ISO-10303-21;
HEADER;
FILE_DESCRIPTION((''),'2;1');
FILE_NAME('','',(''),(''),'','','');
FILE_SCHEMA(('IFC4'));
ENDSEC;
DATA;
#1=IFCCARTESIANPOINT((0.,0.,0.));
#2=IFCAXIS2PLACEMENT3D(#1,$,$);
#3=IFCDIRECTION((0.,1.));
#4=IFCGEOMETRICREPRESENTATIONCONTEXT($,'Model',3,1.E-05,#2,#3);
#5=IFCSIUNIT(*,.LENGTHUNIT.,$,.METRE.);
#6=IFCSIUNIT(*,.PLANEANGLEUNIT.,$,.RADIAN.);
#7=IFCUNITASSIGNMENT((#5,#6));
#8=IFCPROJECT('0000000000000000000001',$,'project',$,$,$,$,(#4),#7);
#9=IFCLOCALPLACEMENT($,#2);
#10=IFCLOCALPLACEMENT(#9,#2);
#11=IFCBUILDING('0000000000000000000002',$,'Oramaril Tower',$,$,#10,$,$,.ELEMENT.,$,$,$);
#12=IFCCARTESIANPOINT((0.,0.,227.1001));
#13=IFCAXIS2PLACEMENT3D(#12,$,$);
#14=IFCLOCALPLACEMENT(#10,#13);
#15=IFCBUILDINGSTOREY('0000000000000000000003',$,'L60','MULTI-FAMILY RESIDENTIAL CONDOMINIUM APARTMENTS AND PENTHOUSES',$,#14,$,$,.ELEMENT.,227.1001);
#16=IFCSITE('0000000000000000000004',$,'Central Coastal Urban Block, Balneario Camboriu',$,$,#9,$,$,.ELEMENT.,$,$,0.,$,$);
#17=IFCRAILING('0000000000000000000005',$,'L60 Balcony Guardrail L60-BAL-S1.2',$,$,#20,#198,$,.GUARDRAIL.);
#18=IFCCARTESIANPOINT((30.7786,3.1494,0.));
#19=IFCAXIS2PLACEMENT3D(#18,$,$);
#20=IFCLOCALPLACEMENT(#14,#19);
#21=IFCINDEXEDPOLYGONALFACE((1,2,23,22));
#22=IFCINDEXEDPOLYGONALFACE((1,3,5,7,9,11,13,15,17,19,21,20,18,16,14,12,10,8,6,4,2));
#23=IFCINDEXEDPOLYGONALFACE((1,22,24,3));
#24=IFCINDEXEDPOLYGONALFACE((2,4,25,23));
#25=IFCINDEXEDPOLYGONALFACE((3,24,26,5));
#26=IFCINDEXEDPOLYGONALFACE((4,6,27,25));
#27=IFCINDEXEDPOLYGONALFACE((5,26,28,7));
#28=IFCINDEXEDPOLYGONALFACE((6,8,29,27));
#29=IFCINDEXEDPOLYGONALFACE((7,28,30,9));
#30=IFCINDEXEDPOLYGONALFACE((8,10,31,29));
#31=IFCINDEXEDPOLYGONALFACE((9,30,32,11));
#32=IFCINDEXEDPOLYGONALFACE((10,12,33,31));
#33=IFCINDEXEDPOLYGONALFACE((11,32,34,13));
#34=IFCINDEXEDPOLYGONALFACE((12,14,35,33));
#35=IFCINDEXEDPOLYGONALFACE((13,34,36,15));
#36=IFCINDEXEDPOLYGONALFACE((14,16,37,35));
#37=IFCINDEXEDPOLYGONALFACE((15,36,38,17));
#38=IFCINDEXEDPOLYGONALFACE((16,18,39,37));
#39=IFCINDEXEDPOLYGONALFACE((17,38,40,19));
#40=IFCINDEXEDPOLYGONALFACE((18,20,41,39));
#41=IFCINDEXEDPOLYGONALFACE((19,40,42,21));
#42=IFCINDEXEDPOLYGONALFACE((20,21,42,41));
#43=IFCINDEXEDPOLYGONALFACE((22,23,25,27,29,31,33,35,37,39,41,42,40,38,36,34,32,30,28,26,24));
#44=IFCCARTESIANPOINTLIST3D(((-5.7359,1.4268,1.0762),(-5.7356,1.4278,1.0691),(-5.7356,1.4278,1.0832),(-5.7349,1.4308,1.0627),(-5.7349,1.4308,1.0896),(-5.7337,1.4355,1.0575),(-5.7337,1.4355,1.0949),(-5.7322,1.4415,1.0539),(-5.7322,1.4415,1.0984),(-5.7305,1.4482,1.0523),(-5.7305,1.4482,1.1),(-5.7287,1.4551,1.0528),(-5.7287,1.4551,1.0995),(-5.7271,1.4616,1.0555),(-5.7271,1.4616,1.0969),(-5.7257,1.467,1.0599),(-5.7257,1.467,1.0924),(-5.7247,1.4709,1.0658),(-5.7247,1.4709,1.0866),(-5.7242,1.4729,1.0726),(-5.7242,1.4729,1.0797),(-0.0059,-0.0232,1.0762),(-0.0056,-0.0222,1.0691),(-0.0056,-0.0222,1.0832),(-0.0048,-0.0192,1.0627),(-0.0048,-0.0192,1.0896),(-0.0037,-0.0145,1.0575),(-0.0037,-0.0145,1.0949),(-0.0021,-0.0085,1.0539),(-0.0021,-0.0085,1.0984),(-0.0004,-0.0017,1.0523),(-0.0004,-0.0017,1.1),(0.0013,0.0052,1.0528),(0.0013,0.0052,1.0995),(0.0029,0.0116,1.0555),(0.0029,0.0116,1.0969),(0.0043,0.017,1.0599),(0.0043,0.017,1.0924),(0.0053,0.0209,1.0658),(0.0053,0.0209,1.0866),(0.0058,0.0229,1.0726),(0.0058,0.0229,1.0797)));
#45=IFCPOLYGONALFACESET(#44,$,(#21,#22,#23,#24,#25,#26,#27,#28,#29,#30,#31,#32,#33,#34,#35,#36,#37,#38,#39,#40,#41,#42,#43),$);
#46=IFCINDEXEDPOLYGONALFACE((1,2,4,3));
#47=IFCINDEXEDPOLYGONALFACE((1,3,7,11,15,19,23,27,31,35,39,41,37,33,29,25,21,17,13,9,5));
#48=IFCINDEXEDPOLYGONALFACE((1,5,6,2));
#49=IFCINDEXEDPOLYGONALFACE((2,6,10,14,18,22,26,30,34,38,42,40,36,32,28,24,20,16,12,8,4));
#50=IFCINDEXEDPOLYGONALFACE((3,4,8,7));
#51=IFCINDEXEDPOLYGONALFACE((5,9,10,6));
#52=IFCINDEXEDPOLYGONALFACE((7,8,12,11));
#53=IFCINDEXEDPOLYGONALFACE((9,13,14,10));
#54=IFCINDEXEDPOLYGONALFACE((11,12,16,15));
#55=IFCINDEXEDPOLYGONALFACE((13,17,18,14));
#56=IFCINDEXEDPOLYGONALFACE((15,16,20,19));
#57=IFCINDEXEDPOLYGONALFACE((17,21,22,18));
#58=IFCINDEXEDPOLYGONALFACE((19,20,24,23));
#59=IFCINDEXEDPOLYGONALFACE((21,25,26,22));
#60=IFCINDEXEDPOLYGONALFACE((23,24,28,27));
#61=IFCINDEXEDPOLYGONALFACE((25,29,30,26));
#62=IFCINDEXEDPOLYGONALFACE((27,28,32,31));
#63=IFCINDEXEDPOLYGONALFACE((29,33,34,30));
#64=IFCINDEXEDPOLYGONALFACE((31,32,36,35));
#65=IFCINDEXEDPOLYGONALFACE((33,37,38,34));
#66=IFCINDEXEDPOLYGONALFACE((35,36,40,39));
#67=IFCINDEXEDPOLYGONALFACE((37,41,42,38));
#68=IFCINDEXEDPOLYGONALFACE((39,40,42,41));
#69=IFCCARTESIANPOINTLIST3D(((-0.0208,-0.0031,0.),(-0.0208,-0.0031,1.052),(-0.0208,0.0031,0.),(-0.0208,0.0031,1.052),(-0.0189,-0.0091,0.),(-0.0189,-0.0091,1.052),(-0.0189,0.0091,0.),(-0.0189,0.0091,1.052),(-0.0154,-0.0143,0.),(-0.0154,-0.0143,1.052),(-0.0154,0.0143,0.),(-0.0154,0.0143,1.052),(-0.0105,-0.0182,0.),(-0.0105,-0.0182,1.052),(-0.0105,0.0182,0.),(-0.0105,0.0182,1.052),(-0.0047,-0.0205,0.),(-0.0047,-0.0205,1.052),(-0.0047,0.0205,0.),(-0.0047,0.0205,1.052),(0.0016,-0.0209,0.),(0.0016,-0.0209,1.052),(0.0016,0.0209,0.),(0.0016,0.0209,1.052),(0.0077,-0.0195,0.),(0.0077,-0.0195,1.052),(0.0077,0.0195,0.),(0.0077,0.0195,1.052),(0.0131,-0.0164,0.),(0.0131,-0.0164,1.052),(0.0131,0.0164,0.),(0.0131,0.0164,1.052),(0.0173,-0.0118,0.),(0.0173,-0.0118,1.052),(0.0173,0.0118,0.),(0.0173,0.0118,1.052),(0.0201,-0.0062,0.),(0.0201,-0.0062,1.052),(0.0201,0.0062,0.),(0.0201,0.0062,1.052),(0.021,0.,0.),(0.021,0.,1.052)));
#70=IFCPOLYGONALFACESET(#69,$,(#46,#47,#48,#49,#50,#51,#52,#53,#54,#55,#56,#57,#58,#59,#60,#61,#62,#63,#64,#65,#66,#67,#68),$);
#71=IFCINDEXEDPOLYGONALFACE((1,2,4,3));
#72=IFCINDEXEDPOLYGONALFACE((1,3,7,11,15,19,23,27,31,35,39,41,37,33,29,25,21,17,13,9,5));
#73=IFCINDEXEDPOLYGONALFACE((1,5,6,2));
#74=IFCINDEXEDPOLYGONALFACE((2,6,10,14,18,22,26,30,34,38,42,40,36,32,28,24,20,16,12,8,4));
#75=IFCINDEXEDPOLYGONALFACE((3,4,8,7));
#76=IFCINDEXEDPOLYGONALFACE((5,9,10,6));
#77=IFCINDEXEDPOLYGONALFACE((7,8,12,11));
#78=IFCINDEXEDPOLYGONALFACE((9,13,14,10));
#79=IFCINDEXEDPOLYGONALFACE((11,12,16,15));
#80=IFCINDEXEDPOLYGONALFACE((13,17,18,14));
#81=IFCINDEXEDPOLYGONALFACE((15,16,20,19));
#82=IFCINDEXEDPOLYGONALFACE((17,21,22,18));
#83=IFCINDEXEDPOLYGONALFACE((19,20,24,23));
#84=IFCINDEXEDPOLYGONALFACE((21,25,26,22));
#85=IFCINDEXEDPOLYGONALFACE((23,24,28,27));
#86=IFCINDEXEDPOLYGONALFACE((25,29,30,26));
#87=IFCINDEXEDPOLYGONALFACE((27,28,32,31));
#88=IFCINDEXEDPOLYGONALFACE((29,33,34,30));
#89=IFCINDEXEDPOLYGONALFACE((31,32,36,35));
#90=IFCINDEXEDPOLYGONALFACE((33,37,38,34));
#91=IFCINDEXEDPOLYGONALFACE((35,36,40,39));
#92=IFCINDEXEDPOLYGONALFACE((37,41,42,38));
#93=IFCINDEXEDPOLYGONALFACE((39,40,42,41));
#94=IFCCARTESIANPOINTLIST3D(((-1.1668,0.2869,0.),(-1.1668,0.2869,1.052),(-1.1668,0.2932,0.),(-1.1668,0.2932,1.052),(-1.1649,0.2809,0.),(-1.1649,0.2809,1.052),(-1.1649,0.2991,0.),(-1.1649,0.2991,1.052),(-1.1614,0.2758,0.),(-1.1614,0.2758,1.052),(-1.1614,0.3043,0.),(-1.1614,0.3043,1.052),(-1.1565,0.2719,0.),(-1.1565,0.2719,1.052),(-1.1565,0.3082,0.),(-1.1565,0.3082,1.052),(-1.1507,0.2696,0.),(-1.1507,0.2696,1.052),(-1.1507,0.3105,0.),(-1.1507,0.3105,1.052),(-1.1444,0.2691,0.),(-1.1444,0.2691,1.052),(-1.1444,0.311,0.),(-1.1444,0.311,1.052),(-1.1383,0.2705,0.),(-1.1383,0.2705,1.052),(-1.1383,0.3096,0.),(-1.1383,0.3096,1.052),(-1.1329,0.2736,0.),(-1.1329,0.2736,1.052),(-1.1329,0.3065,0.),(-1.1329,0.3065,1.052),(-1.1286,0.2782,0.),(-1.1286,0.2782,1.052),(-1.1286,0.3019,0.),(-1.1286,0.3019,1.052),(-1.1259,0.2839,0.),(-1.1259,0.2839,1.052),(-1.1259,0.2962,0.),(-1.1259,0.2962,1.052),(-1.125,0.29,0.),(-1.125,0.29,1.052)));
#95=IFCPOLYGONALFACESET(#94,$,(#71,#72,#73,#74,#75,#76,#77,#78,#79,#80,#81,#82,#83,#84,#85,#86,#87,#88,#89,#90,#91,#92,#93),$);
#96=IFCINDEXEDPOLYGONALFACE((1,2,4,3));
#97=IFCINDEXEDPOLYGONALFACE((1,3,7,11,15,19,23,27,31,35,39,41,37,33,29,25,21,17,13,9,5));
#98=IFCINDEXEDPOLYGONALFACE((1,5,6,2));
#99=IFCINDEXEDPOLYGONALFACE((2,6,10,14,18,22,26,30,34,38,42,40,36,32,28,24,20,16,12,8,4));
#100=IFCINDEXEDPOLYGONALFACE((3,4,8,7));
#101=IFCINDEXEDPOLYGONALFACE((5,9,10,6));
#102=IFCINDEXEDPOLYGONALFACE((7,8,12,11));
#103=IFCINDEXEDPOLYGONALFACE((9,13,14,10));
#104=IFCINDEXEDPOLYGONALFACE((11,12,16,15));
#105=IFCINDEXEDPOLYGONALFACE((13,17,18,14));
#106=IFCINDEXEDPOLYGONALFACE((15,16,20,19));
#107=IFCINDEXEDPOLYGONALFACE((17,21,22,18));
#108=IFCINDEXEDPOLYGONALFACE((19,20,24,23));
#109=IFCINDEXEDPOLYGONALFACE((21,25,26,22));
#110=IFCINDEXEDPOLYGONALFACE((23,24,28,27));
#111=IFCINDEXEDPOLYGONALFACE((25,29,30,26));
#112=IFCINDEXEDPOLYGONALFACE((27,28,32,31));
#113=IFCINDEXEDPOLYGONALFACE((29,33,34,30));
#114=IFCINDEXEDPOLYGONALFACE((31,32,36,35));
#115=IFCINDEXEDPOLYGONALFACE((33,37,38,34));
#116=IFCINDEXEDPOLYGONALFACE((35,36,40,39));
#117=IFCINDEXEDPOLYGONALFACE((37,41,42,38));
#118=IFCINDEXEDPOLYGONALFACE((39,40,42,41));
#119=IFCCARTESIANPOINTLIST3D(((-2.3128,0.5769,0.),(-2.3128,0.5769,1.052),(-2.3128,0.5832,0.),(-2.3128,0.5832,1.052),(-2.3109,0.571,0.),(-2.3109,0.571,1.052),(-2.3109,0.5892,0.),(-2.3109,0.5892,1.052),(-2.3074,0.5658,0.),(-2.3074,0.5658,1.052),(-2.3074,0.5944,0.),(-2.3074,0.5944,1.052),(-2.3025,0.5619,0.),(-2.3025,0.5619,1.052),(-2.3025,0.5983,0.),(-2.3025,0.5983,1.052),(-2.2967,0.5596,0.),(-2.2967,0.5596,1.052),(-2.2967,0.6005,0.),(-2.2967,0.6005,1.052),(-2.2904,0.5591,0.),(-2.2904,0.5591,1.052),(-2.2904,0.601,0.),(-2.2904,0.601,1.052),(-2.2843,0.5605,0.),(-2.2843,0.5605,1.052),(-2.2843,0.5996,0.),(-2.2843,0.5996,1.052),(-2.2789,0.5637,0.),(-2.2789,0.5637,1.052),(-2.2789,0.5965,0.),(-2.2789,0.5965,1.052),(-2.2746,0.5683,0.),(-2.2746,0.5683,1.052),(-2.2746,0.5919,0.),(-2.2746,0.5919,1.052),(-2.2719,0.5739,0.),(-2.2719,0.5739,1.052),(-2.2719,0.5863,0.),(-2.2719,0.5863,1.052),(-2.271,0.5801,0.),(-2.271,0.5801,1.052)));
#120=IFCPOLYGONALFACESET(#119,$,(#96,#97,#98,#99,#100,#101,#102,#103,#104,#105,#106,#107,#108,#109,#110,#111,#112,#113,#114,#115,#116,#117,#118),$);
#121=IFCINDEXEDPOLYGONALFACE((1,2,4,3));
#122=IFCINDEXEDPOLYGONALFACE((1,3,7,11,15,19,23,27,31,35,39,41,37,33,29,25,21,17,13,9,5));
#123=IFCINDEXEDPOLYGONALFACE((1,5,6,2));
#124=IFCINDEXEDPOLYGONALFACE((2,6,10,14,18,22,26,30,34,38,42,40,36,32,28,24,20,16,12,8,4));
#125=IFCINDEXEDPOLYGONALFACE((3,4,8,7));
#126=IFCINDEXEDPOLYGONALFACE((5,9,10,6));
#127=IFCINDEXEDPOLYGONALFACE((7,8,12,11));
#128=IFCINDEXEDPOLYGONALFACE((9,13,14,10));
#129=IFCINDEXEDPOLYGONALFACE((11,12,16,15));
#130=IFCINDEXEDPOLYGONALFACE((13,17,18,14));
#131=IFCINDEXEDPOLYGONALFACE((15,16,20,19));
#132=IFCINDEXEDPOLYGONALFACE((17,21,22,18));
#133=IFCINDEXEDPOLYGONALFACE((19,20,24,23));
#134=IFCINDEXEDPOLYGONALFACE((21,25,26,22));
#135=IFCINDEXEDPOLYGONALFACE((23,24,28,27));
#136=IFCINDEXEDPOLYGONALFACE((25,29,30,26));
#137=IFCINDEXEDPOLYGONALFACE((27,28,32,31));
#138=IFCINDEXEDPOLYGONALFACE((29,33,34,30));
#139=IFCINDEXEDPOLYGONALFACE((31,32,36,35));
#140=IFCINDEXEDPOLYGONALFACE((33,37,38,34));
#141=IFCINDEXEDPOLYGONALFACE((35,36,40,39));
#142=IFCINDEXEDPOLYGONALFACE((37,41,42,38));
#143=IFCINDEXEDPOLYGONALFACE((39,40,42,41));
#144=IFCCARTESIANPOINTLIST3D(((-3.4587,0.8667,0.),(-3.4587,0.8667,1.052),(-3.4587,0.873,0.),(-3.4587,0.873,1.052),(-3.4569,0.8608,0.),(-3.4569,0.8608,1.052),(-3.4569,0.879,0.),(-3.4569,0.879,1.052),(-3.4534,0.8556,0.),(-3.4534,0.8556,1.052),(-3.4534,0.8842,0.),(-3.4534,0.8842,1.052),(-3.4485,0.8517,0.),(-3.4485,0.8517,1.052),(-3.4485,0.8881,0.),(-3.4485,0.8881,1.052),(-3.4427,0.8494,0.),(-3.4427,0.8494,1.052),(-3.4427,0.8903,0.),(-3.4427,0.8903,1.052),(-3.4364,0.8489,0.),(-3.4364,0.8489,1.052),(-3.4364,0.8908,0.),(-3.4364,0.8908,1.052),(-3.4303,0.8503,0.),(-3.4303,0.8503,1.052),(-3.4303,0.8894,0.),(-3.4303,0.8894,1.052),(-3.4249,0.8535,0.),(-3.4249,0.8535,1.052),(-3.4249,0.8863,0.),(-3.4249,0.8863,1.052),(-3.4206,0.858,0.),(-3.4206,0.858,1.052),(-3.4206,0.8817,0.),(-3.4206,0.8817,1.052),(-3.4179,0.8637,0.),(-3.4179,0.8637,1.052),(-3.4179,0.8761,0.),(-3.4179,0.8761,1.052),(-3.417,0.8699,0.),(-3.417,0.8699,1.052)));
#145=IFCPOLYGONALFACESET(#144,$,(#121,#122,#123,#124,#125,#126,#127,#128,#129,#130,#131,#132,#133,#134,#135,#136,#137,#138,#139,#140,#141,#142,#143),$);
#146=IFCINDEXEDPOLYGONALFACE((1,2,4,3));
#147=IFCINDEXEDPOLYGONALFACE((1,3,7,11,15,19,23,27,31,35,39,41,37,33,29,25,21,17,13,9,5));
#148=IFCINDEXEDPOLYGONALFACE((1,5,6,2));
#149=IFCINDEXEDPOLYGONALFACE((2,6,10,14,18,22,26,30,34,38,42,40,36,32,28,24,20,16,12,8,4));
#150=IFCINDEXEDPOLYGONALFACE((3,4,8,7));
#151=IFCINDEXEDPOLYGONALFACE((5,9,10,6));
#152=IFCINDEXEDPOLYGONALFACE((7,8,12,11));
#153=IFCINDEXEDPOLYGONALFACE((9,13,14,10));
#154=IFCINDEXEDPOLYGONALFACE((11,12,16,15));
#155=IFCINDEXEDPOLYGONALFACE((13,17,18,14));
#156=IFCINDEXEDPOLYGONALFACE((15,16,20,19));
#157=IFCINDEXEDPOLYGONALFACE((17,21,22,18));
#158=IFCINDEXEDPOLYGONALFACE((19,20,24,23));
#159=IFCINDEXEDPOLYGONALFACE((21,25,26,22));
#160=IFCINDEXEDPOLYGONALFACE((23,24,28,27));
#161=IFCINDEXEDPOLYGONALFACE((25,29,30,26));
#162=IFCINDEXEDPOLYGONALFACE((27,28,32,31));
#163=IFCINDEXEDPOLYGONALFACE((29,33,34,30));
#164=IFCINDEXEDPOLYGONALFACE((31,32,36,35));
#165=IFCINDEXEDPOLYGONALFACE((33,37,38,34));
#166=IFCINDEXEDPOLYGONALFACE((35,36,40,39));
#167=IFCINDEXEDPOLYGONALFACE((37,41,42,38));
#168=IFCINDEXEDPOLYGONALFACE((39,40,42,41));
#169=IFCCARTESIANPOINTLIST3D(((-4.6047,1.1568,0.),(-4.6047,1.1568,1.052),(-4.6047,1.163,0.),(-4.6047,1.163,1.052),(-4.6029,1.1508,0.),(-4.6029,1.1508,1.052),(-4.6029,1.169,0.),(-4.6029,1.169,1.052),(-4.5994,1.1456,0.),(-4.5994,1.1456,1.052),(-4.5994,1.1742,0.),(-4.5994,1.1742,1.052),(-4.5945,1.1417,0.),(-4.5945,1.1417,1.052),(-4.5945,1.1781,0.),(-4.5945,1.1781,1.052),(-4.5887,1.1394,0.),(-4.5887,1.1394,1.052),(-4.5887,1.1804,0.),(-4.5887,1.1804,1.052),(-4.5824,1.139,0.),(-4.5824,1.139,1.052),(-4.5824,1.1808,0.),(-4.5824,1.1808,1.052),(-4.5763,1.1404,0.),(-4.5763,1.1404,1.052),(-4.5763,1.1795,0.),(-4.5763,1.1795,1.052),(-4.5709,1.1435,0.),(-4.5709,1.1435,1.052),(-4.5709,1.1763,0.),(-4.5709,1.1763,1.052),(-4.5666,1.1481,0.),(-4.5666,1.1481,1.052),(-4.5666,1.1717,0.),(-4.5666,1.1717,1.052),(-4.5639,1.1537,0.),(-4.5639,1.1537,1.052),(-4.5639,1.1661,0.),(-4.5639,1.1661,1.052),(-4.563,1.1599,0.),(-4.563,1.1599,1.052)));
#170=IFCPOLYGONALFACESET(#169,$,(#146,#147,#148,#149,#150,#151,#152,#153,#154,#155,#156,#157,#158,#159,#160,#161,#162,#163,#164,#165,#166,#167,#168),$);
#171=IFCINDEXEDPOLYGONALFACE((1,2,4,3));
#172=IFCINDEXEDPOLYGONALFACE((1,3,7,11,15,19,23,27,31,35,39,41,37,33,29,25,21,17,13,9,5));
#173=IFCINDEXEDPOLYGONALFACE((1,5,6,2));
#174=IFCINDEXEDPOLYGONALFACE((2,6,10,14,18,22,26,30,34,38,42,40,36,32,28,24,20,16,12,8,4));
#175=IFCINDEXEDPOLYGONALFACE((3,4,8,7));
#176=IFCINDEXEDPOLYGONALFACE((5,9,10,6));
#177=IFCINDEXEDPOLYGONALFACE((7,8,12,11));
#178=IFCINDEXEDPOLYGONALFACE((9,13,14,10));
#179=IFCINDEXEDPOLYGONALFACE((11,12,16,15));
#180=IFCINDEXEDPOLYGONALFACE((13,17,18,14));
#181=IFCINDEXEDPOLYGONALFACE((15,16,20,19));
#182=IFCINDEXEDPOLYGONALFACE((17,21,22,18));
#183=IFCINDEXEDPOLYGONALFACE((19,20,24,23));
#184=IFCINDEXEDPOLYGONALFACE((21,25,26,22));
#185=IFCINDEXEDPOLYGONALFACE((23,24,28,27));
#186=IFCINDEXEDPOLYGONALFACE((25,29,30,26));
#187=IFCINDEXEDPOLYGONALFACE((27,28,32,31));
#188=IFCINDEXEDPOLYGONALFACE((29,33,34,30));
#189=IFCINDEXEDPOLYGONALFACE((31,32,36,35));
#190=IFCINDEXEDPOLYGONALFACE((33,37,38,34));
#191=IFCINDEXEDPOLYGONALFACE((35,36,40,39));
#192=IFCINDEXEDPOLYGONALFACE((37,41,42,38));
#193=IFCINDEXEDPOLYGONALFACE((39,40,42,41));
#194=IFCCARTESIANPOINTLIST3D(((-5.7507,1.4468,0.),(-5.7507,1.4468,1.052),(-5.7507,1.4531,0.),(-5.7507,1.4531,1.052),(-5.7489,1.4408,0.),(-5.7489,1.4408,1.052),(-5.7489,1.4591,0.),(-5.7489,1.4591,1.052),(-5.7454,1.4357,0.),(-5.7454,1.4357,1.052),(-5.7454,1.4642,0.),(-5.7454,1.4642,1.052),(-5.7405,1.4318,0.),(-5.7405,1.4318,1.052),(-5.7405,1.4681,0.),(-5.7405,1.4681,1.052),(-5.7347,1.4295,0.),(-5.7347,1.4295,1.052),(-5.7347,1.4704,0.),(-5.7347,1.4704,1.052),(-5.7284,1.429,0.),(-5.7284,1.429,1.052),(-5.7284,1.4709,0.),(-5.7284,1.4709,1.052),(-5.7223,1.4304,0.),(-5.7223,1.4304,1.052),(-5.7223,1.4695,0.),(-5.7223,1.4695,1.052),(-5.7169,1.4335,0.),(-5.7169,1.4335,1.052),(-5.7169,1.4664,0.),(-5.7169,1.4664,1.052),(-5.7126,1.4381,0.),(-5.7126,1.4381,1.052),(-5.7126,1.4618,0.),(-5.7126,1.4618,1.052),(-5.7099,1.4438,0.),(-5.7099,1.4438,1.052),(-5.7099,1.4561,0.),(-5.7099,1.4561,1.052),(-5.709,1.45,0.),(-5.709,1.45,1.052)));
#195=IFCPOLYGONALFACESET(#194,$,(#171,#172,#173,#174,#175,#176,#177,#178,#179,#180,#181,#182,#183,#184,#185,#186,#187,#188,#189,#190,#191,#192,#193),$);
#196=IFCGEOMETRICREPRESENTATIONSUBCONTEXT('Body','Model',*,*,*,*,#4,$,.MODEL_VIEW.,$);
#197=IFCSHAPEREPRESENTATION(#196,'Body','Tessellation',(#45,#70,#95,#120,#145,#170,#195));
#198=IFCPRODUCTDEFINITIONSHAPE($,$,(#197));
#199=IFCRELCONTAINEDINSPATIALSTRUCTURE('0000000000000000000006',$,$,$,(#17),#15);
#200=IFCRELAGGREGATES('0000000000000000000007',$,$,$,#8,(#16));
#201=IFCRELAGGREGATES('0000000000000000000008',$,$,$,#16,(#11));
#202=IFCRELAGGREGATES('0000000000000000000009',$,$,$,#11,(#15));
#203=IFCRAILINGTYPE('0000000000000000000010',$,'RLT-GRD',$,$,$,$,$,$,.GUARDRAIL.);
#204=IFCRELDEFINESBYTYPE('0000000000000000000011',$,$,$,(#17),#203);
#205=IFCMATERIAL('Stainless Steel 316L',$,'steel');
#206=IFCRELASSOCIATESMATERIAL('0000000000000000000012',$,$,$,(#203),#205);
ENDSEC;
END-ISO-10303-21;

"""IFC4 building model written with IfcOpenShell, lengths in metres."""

from ifc_helpers import new_model, si_unit, direction, frame, origin, origin_2d, place, context, subcontext, project, spatial, circle, extrude, material, type_object, element, save


model = new_model("IFC4")

# Units and contexts
model_context = context("Model", 3, precision=1e-05, world=origin(), true_north=direction((0.0, 1.0)))
body_context = subcontext(model_context, "Body", "Model", "MODEL_VIEW")
ifc_project = project(units=[si_unit("LENGTHUNIT", "METRE"), si_unit("PLANEANGLEUNIT", "RADIAN")], contexts=[model_context])

# Site, building, storey
site_placement = place(None, origin())
site = spatial("IfcSite", under=ifc_project, at=site_placement, Name="Central Coastal Urban Block, Balneario Camboriu", CompositionType="ELEMENT", RefElevation=0.0)
building_placement = place(site_placement, origin())
building = spatial("IfcBuilding", under=site, at=building_placement, Name="Oramaril Tower", CompositionType="ELEMENT")
storey_placement = place(building_placement, frame((0.0, 0.0, 227.1001)))
storey = spatial("IfcBuildingStorey", under=building, at=storey_placement, Name="L60", Description="MULTI-FAMILY RESIDENTIAL CONDOMINIUM APARTMENTS AND PENTHOUSES", CompositionType="ELEMENT", Elevation=227.1001)

# Railing
ifc_material_1 = material(Name="Stainless Steel 316L", Category="steel")
railing_type = type_object("IfcRailingType", Name="RLT-GRD", PredefinedType="GUARDRAIL", material=ifc_material_1)
railing_1_placement = place(storey_placement, frame((30.7786, 3.1494, 0.0)))
element("IfcRailing", 1, at=railing_1_placement, inside=storey, type_object=railing_type, Name="L60 Balcony Guardrail L60-BAL-S1.2", PredefinedType="GUARDRAIL", context=body_context, shape_type="SweptSolid", body=[
    extrude(circle(Radius=0.0239, at=origin_2d()), frame((0.0, 0.0, 1.0762), z_axis=(-0.969444, 0.245314, 0.0), x_axis=(-0.245314, -0.969444, 0.0)), (0.0, 0.0, 1.0), 5.9106),
    extrude(circle(Radius=0.021, at=origin_2d()), origin(), (0.0, 0.0, 1.0), 1.052),
    extrude(circle(Radius=0.021, at=origin_2d()), frame((-1.146, 0.29, 0.0)), (0.0, 0.0, 1.0), 1.052),
    extrude(circle(Radius=0.021, at=origin_2d()), frame((-2.292, 0.5801, 0.0)), (0.0, 0.0, 1.0), 1.052),
    extrude(circle(Radius=0.021, at=origin_2d()), frame((-3.438, 0.8699, 0.0)), (0.0, 0.0, 1.0), 1.052),
    extrude(circle(Radius=0.021, at=origin_2d()), frame((-4.584, 1.1599, 0.0)), (0.0, 0.0, 1.0), 1.052),
    extrude(circle(Radius=0.021, at=origin_2d()), frame((-5.73, 1.45, 0.0)), (0.0, 0.0, 1.0), 1.052),
])

save(model, "model.ifc")
